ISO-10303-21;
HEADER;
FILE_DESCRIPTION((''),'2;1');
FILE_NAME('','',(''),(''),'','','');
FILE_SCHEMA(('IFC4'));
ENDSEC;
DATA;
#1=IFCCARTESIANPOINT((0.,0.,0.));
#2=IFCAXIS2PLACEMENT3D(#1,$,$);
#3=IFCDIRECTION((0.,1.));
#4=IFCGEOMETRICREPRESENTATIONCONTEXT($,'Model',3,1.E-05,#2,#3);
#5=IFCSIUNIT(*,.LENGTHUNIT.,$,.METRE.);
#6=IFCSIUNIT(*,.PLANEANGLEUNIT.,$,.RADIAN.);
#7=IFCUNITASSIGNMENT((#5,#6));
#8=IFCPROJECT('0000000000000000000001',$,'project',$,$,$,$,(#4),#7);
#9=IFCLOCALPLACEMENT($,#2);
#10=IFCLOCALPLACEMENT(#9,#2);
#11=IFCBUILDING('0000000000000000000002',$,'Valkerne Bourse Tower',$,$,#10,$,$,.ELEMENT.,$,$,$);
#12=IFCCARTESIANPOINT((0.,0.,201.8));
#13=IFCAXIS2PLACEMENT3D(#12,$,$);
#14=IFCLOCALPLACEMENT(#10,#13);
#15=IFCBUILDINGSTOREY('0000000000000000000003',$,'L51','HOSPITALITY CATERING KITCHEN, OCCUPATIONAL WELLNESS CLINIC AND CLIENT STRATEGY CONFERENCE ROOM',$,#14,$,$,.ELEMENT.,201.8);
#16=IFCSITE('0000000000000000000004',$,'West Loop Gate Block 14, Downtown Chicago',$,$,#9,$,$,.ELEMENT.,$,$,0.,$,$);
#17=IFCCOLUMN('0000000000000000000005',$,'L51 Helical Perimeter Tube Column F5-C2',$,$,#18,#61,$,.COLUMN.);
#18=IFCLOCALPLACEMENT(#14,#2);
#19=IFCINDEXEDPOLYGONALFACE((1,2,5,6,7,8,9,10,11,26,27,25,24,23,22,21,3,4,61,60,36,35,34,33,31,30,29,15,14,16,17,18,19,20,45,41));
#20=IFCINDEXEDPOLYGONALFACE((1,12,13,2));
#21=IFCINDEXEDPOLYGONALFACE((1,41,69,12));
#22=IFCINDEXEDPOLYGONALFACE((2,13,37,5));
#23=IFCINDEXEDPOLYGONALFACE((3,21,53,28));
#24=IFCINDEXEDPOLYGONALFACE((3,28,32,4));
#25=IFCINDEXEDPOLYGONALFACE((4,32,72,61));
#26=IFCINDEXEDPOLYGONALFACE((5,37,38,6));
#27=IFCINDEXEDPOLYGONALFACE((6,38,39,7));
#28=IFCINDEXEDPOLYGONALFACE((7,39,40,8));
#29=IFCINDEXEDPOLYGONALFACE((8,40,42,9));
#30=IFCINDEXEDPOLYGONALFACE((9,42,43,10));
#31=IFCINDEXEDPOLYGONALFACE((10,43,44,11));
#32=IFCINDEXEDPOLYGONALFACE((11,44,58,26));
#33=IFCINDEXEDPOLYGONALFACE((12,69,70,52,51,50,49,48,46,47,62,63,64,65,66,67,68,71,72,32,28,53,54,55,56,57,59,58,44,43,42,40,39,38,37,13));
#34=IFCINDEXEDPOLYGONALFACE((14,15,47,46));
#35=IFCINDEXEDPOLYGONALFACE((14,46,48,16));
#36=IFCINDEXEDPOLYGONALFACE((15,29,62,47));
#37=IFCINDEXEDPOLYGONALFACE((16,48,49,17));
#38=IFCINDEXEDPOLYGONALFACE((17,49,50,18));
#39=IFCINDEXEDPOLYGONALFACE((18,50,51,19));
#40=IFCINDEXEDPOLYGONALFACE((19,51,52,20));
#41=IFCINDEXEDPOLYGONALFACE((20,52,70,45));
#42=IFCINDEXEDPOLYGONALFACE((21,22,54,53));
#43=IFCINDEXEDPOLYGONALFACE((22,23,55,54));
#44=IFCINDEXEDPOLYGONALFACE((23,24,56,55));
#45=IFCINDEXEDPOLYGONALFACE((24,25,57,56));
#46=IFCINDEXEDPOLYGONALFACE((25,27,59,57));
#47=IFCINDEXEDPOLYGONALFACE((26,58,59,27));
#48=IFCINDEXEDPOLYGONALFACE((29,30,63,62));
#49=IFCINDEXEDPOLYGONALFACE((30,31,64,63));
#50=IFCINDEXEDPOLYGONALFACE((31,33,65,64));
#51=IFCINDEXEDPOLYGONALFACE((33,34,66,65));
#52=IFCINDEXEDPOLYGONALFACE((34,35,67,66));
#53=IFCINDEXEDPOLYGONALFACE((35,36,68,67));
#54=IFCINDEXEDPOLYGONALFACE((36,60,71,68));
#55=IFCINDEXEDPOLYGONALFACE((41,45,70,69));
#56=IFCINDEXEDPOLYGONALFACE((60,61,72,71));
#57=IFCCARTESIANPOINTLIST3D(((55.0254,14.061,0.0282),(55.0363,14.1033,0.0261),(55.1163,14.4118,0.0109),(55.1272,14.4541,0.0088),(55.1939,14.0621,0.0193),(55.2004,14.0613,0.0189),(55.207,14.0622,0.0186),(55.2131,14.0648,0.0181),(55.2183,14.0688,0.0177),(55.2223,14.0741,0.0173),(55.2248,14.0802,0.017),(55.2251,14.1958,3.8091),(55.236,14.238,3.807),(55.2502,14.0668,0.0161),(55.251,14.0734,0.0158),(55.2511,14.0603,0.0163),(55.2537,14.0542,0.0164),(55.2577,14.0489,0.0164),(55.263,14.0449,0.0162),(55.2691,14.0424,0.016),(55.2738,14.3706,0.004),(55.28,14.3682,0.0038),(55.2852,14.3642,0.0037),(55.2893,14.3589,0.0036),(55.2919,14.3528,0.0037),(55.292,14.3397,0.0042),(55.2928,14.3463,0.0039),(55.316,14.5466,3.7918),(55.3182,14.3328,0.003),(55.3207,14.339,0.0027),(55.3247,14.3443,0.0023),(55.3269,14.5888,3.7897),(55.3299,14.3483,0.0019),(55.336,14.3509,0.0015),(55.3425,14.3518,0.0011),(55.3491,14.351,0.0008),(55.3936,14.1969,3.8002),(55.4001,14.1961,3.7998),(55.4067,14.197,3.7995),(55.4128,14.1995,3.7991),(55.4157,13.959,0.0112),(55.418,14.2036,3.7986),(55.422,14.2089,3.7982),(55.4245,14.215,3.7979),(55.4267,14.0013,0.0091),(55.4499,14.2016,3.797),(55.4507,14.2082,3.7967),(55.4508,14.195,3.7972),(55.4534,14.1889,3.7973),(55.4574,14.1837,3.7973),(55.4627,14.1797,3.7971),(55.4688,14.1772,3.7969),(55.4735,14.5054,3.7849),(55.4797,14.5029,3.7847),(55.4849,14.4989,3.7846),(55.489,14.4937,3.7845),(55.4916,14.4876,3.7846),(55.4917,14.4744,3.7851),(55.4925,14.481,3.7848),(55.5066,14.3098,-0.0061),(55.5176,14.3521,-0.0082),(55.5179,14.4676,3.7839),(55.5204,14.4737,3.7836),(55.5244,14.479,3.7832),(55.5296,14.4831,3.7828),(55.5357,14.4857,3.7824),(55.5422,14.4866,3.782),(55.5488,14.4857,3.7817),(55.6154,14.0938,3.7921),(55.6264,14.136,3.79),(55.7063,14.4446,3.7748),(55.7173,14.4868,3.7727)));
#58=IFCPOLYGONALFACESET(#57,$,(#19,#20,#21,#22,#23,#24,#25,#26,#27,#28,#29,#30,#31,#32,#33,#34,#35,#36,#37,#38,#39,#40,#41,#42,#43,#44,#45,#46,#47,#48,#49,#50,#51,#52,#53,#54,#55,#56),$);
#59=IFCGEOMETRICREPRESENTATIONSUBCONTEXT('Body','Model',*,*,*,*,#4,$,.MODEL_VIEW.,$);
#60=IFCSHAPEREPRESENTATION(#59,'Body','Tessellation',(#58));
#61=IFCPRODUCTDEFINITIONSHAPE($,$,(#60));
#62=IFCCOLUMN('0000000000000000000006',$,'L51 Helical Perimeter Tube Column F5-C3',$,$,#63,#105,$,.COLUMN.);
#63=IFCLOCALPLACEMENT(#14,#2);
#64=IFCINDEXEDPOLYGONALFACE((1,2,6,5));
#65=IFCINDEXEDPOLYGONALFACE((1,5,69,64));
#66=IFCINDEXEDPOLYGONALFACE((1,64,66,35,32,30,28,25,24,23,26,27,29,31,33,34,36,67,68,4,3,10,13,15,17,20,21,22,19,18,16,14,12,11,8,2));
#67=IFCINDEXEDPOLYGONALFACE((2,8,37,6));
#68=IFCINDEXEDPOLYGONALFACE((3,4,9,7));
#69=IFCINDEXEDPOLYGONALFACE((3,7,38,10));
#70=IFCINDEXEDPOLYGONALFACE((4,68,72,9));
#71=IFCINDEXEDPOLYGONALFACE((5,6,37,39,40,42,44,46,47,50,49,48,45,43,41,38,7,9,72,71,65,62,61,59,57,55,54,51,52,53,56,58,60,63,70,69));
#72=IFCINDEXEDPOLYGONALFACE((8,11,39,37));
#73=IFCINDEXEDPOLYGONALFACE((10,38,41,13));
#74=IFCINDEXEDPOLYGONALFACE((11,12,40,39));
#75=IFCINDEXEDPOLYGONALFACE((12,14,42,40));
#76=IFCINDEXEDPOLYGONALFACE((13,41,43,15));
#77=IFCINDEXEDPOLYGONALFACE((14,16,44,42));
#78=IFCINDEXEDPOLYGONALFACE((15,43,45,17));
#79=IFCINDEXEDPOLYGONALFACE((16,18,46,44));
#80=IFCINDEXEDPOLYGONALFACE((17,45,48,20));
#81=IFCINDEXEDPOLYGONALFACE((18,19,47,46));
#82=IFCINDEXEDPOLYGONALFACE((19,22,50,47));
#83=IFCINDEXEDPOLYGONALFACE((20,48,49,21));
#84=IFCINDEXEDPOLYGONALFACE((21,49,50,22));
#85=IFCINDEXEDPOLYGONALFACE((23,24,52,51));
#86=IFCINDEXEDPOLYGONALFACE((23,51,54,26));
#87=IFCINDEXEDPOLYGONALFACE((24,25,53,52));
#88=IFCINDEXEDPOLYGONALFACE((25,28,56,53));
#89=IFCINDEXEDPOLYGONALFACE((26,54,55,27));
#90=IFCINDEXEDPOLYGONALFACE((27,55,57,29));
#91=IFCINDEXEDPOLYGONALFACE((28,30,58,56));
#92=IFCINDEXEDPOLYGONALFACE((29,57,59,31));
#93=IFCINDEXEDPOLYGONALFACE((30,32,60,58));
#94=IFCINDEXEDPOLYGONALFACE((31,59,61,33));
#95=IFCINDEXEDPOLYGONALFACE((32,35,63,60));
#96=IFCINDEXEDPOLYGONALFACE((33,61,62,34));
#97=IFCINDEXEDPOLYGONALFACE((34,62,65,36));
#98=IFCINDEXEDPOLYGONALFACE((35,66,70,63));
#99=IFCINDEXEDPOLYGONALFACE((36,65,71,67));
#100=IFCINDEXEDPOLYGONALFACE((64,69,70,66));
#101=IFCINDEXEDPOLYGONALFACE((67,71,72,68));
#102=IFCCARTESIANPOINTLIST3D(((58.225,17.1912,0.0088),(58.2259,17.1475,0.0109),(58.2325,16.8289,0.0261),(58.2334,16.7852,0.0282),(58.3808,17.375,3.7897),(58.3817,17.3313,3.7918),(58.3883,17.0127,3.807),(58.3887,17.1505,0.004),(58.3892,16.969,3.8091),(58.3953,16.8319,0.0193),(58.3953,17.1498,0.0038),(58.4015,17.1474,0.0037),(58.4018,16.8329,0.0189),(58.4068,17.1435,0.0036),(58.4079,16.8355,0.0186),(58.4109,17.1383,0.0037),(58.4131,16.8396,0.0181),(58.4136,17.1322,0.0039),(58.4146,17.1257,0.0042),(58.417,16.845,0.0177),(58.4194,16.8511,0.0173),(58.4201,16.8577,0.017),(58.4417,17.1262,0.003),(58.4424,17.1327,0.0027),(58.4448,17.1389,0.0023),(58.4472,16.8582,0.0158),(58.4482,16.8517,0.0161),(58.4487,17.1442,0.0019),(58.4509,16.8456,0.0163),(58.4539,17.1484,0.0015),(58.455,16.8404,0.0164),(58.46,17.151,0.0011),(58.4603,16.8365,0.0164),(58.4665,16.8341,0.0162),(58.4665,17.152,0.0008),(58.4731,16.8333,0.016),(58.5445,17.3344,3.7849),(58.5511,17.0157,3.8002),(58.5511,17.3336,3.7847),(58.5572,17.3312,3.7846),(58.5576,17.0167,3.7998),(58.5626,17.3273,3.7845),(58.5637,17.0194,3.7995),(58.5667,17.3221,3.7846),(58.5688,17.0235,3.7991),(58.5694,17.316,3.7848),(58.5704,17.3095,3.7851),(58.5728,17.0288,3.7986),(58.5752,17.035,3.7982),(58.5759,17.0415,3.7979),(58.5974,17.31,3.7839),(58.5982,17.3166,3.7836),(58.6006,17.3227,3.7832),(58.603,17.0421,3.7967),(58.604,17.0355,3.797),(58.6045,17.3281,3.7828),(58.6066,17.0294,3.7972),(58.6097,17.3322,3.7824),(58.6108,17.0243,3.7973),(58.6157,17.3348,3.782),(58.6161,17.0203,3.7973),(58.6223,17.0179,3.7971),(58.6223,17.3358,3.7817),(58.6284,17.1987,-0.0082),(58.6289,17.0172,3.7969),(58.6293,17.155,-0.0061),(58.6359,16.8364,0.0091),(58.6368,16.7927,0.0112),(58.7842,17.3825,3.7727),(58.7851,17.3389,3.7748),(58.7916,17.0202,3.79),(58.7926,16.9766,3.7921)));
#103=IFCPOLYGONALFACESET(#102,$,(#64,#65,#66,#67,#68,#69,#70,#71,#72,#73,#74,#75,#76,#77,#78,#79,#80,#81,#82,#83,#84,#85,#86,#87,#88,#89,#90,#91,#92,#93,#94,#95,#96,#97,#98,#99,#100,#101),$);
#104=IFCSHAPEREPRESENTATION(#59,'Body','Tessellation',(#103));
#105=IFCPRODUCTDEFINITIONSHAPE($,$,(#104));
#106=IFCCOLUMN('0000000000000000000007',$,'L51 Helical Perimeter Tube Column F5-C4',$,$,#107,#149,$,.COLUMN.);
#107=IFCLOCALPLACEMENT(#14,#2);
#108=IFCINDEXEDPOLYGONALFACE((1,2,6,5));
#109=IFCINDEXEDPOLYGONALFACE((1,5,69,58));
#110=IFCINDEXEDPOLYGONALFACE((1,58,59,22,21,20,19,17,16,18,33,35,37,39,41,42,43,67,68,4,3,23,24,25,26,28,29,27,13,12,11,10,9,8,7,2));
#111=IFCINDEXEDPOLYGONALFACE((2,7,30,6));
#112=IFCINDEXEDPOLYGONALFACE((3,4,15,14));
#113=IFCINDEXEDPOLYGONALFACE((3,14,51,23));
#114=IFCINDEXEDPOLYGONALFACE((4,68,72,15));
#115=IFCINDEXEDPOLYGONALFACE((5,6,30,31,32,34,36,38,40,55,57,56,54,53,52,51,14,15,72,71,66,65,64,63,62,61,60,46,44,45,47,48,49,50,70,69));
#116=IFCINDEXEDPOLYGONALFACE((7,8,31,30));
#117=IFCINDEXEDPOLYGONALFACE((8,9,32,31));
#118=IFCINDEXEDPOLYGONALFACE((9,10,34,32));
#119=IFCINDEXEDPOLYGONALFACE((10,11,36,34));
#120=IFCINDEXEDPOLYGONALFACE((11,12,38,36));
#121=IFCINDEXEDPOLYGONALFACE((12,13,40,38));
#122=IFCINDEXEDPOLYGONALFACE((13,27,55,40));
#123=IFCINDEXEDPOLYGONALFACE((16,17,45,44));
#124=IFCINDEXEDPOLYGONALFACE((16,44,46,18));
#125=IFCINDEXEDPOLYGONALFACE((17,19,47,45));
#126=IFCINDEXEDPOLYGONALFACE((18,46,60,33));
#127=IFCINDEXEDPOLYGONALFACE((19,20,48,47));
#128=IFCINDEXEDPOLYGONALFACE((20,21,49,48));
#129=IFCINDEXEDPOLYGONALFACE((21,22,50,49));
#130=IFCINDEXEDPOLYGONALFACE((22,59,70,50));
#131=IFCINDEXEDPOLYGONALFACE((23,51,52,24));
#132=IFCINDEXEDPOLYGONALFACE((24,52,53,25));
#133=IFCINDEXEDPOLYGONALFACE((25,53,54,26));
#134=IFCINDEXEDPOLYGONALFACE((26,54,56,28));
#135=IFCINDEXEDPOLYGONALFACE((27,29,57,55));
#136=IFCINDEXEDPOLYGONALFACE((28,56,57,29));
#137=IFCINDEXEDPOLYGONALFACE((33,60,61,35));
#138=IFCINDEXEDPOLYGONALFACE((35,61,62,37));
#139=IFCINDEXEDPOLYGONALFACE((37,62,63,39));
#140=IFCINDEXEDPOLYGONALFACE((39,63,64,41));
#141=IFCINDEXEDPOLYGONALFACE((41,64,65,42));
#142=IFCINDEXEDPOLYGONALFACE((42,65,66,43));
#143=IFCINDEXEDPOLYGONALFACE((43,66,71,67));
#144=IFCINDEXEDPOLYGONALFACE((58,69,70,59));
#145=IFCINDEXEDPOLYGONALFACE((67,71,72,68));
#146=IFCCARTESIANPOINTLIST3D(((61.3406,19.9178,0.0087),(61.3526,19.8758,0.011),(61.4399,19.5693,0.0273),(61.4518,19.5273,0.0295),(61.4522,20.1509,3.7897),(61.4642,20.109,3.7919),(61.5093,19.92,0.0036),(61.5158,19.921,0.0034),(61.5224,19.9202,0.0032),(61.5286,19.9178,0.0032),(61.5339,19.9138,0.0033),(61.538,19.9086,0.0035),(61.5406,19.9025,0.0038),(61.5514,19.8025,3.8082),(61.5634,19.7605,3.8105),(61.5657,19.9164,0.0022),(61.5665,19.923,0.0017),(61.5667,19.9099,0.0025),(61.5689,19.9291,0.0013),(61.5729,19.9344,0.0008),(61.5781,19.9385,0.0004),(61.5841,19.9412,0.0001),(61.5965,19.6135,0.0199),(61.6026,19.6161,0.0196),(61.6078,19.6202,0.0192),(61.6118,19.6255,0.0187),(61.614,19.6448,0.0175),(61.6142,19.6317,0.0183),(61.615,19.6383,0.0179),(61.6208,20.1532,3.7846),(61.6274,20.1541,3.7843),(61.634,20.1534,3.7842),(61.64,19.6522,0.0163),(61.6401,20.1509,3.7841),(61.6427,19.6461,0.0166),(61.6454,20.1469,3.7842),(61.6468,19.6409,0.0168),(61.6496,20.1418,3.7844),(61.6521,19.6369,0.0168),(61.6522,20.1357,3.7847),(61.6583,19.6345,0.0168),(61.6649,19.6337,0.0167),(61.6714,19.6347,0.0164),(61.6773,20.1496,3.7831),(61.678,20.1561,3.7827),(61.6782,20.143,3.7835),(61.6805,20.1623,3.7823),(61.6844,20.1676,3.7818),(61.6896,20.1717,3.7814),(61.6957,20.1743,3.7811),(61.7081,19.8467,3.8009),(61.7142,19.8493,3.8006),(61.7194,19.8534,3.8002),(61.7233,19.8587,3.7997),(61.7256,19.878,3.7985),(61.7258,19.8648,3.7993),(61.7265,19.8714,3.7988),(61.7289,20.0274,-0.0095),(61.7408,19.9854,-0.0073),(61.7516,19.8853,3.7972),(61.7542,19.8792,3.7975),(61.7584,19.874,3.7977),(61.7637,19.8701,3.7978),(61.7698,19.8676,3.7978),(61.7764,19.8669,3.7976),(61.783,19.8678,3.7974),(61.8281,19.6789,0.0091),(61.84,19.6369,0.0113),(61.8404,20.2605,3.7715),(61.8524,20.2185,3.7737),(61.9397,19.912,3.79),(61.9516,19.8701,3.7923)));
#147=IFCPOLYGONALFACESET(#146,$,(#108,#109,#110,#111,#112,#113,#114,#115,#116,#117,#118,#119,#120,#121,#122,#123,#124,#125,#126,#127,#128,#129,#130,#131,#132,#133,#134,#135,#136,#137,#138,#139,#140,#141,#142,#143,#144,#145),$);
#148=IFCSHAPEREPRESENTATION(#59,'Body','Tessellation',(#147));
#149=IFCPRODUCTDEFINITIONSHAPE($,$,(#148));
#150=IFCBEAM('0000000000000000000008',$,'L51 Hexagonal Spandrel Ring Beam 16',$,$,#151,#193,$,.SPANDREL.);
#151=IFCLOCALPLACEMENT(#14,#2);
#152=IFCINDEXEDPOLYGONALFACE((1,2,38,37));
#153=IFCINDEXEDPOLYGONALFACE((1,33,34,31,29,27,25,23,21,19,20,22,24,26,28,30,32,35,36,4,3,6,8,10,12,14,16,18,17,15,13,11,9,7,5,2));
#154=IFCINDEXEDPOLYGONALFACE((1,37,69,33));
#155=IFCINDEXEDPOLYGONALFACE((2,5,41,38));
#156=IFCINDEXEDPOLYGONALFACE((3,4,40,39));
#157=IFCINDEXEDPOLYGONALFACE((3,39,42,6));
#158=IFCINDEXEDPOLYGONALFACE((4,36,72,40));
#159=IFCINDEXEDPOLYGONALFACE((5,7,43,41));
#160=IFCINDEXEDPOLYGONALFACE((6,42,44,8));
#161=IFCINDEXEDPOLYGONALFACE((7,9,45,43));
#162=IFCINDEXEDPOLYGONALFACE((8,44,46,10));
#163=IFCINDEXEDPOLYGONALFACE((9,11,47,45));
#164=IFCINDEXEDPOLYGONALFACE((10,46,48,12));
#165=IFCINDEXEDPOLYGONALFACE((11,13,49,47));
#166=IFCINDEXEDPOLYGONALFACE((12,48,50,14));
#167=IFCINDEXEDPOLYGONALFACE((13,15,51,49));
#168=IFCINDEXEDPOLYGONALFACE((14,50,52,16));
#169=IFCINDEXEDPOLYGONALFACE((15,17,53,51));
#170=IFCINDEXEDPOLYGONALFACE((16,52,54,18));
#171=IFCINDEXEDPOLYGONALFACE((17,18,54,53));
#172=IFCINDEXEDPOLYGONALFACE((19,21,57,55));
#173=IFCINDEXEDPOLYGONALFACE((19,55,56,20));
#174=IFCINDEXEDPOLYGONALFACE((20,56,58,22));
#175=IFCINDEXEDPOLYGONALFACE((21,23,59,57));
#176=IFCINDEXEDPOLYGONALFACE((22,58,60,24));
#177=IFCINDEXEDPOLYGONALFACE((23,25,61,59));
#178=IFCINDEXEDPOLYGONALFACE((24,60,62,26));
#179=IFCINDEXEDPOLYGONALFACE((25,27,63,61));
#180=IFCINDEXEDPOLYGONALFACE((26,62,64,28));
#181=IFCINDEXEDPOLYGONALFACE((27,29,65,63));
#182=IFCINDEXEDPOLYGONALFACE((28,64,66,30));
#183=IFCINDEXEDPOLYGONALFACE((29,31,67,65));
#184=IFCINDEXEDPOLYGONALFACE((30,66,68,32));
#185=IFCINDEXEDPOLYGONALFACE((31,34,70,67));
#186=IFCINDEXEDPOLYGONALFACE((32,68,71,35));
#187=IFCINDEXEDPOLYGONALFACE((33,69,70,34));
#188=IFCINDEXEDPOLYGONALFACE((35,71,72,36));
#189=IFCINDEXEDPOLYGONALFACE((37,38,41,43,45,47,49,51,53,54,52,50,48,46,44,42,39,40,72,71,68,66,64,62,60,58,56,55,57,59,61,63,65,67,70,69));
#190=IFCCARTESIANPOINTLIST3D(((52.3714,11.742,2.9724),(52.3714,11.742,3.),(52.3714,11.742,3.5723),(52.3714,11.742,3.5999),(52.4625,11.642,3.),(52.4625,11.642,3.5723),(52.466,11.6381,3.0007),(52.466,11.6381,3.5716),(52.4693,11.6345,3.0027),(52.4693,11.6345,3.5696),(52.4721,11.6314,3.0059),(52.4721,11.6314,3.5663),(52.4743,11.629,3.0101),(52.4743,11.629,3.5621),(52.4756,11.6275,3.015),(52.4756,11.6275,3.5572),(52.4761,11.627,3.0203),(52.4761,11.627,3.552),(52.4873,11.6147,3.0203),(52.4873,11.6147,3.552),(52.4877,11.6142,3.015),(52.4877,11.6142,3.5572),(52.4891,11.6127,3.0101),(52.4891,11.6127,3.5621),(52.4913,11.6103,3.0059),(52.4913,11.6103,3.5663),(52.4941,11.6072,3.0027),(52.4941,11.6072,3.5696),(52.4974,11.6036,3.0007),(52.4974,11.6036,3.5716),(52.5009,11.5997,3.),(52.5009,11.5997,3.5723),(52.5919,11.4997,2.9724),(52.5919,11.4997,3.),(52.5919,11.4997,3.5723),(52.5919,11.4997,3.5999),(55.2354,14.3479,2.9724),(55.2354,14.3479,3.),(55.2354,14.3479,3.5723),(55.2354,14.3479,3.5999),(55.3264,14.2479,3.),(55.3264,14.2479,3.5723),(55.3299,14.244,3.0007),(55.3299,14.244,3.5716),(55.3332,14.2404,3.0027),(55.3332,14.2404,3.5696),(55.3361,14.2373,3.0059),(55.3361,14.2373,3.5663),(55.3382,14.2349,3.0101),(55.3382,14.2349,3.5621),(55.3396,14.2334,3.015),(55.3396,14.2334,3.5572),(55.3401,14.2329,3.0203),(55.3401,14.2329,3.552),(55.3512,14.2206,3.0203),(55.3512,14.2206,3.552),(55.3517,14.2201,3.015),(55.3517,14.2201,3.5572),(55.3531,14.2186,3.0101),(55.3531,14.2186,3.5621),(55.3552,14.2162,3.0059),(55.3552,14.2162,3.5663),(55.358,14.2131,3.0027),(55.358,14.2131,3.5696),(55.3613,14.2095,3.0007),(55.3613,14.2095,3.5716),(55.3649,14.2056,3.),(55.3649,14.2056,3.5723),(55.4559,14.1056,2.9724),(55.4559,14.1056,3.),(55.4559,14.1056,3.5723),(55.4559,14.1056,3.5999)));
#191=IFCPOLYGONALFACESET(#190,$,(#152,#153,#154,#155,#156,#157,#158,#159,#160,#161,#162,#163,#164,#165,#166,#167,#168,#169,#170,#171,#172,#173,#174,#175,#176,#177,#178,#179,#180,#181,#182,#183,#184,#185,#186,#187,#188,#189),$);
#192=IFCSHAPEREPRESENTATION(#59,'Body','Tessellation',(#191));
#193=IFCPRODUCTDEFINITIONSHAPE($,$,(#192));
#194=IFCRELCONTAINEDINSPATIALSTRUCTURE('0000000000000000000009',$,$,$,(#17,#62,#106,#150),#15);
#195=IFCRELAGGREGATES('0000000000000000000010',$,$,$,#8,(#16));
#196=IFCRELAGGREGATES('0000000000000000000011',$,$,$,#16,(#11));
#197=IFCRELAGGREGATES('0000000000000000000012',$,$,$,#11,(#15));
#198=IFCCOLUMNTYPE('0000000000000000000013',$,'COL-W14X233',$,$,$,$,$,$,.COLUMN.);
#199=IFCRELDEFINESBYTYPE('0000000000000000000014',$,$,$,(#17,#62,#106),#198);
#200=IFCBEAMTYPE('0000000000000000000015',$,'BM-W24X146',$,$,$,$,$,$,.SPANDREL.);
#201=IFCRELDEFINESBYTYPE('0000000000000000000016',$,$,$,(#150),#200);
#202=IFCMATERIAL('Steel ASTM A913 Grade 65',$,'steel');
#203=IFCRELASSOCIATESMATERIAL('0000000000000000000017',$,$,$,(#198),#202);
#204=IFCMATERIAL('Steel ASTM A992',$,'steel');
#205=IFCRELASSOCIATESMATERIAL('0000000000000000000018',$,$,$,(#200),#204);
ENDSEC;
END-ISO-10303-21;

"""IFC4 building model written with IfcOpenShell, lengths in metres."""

from ifc_helpers import new_model, si_unit, direction, frame, origin, origin_2d, place, context, subcontext, project, spatial, i_section, extrude, material, material_profile, profile_set, type_object, element, save


model = new_model("IFC4")

# Units and contexts
model_context = context("Model", 3, precision=1e-05, world=origin(), true_north=direction((0.0, 1.0)))
body_context = subcontext(model_context, "Body", "Model", "MODEL_VIEW")
ifc_project = project(units=[si_unit("LENGTHUNIT", "METRE"), si_unit("PLANEANGLEUNIT", "RADIAN")], contexts=[model_context])

# Site, building, storey
site_placement = place(None, origin())
site = spatial("IfcSite", under=ifc_project, at=site_placement, Name="West Loop Gate Block 14, Downtown Chicago", CompositionType="ELEMENT", RefElevation=0.0)
building_placement = place(site_placement, origin())
building = spatial("IfcBuilding", under=site, at=building_placement, Name="Valkerne Bourse Tower", CompositionType="ELEMENT")
storey_placement = place(building_placement, frame((0.0, 0.0, 201.8)))
storey = spatial("IfcBuildingStorey", under=building, at=storey_placement, Name="L51", Description="HOSPITALITY CATERING KITCHEN, OCCUPATIONAL WELLNESS CLINIC AND CLIENT STRATEGY CONFERENCE ROOM", CompositionType="ELEMENT", Elevation=201.8)

# Columns
ifc_material_1 = material(Name="Steel ASTM A913 Grade 65", Category="steel")
ifc_material_profile_1 = material_profile(ifc_material_1, i_section(OverallWidth=0.4038, OverallDepth=0.4065, WebThickness=0.0271, FlangeThickness=0.0437, FilletRadius=0.0254, at=origin_2d()), Name="W14X233")
ifc_profile_set_1 = profile_set([ifc_material_profile_1], Name="Steel ASTM A913 Grade 65")
column_type = type_object("IfcColumnType", Name="COL-W14X233", PredefinedType="COLUMN", material=ifc_profile_set_1)
for number, where, z_axis, x_axis, name in (
    (1, (55.2715, 14.2065, 0.01), (0.052712, 0.035571, 0.997976), (-0.966653, 0.252613, 0.042053), "L51 Helical Perimeter Tube Column F5-C2"),
    (2, (58.4309, 16.9919, 0.01), (0.041112, 0.048523, 0.997976), (-0.998941, -0.018632, 0.042058), "L51 Helical Perimeter Tube Column F5-C3"),
):
    element("IfcColumn", number, at=place(storey_placement, frame(where, z_axis=z_axis, x_axis=x_axis)), inside=storey, type_object=column_type, Name=name, PredefinedType="COLUMN", context=body_context, shape_type="SweptSolid", body=[
        extrude(i_section(OverallWidth=0.4038, OverallDepth=0.4065, WebThickness=0.0271, FlangeThickness=0.0437, FilletRadius=0.0254, at=origin_2d()), origin(), (0.0, 0.0, 1.0), 3.7886),
    ])
column_placement = place(storey_placement, frame((61.5903, 19.7773, 0.01), z_axis=(0.02944, 0.061521, 0.997672), x_axis=(-0.961423, -0.27135, 0.045103)))
element("IfcColumn", 3, at=column_placement, inside=storey, type_object=column_type, Name="L51 Helical Perimeter Tube Column F5-C4", PredefinedType="COLUMN", context=body_context, shape_type="SweptSolid", body=[
    extrude(i_section(OverallWidth=0.4038, OverallDepth=0.4065, WebThickness=0.0271, FlangeThickness=0.0437, FilletRadius=0.0254, at=origin_2d()), origin(), (0.0, 0.0, 1.0), 3.7898),
])

# Beam
ifc_material_2 = material(Name="Steel ASTM A992", Category="steel")
ifc_material_profile_2 = material_profile(ifc_material_2, i_section(OverallWidth=0.3276, OverallDepth=0.6274, WebThickness=0.0166, FlangeThickness=0.0276, FilletRadius=0.0203, at=origin_2d()), Name="W24X146")
ifc_profile_set_2 = profile_set([ifc_material_profile_2], Name="Steel ASTM A992")
beam_type = type_object("IfcBeamType", Name="BM-W24X146", PredefinedType="SPANDREL", material=ifc_profile_set_2)
for number, where, z_axis, x_axis, name in (
    (4, (52.4817, 11.6208, 3.2861), (0.739643, 0.672999, 0.0), (-0.672999, 0.739643, 0.0), "L51 Hexagonal Spandrel Ring Beam 16"),
):
    element("IfcBeam", number, at=place(storey_placement, frame(where, z_axis=z_axis, x_axis=x_axis)), inside=storey, type_object=beam_type, Name=name, PredefinedType="SPANDREL", context=body_context, shape_type="SweptSolid", body=[
        extrude(i_section(OverallWidth=0.3276, OverallDepth=0.6274, WebThickness=0.0166, FlangeThickness=0.0276, FilletRadius=0.0203, at=origin_2d()), origin(), (0.0, 0.0, 1.0), 3.8721),
    ])

save(model, "model.ifc")
